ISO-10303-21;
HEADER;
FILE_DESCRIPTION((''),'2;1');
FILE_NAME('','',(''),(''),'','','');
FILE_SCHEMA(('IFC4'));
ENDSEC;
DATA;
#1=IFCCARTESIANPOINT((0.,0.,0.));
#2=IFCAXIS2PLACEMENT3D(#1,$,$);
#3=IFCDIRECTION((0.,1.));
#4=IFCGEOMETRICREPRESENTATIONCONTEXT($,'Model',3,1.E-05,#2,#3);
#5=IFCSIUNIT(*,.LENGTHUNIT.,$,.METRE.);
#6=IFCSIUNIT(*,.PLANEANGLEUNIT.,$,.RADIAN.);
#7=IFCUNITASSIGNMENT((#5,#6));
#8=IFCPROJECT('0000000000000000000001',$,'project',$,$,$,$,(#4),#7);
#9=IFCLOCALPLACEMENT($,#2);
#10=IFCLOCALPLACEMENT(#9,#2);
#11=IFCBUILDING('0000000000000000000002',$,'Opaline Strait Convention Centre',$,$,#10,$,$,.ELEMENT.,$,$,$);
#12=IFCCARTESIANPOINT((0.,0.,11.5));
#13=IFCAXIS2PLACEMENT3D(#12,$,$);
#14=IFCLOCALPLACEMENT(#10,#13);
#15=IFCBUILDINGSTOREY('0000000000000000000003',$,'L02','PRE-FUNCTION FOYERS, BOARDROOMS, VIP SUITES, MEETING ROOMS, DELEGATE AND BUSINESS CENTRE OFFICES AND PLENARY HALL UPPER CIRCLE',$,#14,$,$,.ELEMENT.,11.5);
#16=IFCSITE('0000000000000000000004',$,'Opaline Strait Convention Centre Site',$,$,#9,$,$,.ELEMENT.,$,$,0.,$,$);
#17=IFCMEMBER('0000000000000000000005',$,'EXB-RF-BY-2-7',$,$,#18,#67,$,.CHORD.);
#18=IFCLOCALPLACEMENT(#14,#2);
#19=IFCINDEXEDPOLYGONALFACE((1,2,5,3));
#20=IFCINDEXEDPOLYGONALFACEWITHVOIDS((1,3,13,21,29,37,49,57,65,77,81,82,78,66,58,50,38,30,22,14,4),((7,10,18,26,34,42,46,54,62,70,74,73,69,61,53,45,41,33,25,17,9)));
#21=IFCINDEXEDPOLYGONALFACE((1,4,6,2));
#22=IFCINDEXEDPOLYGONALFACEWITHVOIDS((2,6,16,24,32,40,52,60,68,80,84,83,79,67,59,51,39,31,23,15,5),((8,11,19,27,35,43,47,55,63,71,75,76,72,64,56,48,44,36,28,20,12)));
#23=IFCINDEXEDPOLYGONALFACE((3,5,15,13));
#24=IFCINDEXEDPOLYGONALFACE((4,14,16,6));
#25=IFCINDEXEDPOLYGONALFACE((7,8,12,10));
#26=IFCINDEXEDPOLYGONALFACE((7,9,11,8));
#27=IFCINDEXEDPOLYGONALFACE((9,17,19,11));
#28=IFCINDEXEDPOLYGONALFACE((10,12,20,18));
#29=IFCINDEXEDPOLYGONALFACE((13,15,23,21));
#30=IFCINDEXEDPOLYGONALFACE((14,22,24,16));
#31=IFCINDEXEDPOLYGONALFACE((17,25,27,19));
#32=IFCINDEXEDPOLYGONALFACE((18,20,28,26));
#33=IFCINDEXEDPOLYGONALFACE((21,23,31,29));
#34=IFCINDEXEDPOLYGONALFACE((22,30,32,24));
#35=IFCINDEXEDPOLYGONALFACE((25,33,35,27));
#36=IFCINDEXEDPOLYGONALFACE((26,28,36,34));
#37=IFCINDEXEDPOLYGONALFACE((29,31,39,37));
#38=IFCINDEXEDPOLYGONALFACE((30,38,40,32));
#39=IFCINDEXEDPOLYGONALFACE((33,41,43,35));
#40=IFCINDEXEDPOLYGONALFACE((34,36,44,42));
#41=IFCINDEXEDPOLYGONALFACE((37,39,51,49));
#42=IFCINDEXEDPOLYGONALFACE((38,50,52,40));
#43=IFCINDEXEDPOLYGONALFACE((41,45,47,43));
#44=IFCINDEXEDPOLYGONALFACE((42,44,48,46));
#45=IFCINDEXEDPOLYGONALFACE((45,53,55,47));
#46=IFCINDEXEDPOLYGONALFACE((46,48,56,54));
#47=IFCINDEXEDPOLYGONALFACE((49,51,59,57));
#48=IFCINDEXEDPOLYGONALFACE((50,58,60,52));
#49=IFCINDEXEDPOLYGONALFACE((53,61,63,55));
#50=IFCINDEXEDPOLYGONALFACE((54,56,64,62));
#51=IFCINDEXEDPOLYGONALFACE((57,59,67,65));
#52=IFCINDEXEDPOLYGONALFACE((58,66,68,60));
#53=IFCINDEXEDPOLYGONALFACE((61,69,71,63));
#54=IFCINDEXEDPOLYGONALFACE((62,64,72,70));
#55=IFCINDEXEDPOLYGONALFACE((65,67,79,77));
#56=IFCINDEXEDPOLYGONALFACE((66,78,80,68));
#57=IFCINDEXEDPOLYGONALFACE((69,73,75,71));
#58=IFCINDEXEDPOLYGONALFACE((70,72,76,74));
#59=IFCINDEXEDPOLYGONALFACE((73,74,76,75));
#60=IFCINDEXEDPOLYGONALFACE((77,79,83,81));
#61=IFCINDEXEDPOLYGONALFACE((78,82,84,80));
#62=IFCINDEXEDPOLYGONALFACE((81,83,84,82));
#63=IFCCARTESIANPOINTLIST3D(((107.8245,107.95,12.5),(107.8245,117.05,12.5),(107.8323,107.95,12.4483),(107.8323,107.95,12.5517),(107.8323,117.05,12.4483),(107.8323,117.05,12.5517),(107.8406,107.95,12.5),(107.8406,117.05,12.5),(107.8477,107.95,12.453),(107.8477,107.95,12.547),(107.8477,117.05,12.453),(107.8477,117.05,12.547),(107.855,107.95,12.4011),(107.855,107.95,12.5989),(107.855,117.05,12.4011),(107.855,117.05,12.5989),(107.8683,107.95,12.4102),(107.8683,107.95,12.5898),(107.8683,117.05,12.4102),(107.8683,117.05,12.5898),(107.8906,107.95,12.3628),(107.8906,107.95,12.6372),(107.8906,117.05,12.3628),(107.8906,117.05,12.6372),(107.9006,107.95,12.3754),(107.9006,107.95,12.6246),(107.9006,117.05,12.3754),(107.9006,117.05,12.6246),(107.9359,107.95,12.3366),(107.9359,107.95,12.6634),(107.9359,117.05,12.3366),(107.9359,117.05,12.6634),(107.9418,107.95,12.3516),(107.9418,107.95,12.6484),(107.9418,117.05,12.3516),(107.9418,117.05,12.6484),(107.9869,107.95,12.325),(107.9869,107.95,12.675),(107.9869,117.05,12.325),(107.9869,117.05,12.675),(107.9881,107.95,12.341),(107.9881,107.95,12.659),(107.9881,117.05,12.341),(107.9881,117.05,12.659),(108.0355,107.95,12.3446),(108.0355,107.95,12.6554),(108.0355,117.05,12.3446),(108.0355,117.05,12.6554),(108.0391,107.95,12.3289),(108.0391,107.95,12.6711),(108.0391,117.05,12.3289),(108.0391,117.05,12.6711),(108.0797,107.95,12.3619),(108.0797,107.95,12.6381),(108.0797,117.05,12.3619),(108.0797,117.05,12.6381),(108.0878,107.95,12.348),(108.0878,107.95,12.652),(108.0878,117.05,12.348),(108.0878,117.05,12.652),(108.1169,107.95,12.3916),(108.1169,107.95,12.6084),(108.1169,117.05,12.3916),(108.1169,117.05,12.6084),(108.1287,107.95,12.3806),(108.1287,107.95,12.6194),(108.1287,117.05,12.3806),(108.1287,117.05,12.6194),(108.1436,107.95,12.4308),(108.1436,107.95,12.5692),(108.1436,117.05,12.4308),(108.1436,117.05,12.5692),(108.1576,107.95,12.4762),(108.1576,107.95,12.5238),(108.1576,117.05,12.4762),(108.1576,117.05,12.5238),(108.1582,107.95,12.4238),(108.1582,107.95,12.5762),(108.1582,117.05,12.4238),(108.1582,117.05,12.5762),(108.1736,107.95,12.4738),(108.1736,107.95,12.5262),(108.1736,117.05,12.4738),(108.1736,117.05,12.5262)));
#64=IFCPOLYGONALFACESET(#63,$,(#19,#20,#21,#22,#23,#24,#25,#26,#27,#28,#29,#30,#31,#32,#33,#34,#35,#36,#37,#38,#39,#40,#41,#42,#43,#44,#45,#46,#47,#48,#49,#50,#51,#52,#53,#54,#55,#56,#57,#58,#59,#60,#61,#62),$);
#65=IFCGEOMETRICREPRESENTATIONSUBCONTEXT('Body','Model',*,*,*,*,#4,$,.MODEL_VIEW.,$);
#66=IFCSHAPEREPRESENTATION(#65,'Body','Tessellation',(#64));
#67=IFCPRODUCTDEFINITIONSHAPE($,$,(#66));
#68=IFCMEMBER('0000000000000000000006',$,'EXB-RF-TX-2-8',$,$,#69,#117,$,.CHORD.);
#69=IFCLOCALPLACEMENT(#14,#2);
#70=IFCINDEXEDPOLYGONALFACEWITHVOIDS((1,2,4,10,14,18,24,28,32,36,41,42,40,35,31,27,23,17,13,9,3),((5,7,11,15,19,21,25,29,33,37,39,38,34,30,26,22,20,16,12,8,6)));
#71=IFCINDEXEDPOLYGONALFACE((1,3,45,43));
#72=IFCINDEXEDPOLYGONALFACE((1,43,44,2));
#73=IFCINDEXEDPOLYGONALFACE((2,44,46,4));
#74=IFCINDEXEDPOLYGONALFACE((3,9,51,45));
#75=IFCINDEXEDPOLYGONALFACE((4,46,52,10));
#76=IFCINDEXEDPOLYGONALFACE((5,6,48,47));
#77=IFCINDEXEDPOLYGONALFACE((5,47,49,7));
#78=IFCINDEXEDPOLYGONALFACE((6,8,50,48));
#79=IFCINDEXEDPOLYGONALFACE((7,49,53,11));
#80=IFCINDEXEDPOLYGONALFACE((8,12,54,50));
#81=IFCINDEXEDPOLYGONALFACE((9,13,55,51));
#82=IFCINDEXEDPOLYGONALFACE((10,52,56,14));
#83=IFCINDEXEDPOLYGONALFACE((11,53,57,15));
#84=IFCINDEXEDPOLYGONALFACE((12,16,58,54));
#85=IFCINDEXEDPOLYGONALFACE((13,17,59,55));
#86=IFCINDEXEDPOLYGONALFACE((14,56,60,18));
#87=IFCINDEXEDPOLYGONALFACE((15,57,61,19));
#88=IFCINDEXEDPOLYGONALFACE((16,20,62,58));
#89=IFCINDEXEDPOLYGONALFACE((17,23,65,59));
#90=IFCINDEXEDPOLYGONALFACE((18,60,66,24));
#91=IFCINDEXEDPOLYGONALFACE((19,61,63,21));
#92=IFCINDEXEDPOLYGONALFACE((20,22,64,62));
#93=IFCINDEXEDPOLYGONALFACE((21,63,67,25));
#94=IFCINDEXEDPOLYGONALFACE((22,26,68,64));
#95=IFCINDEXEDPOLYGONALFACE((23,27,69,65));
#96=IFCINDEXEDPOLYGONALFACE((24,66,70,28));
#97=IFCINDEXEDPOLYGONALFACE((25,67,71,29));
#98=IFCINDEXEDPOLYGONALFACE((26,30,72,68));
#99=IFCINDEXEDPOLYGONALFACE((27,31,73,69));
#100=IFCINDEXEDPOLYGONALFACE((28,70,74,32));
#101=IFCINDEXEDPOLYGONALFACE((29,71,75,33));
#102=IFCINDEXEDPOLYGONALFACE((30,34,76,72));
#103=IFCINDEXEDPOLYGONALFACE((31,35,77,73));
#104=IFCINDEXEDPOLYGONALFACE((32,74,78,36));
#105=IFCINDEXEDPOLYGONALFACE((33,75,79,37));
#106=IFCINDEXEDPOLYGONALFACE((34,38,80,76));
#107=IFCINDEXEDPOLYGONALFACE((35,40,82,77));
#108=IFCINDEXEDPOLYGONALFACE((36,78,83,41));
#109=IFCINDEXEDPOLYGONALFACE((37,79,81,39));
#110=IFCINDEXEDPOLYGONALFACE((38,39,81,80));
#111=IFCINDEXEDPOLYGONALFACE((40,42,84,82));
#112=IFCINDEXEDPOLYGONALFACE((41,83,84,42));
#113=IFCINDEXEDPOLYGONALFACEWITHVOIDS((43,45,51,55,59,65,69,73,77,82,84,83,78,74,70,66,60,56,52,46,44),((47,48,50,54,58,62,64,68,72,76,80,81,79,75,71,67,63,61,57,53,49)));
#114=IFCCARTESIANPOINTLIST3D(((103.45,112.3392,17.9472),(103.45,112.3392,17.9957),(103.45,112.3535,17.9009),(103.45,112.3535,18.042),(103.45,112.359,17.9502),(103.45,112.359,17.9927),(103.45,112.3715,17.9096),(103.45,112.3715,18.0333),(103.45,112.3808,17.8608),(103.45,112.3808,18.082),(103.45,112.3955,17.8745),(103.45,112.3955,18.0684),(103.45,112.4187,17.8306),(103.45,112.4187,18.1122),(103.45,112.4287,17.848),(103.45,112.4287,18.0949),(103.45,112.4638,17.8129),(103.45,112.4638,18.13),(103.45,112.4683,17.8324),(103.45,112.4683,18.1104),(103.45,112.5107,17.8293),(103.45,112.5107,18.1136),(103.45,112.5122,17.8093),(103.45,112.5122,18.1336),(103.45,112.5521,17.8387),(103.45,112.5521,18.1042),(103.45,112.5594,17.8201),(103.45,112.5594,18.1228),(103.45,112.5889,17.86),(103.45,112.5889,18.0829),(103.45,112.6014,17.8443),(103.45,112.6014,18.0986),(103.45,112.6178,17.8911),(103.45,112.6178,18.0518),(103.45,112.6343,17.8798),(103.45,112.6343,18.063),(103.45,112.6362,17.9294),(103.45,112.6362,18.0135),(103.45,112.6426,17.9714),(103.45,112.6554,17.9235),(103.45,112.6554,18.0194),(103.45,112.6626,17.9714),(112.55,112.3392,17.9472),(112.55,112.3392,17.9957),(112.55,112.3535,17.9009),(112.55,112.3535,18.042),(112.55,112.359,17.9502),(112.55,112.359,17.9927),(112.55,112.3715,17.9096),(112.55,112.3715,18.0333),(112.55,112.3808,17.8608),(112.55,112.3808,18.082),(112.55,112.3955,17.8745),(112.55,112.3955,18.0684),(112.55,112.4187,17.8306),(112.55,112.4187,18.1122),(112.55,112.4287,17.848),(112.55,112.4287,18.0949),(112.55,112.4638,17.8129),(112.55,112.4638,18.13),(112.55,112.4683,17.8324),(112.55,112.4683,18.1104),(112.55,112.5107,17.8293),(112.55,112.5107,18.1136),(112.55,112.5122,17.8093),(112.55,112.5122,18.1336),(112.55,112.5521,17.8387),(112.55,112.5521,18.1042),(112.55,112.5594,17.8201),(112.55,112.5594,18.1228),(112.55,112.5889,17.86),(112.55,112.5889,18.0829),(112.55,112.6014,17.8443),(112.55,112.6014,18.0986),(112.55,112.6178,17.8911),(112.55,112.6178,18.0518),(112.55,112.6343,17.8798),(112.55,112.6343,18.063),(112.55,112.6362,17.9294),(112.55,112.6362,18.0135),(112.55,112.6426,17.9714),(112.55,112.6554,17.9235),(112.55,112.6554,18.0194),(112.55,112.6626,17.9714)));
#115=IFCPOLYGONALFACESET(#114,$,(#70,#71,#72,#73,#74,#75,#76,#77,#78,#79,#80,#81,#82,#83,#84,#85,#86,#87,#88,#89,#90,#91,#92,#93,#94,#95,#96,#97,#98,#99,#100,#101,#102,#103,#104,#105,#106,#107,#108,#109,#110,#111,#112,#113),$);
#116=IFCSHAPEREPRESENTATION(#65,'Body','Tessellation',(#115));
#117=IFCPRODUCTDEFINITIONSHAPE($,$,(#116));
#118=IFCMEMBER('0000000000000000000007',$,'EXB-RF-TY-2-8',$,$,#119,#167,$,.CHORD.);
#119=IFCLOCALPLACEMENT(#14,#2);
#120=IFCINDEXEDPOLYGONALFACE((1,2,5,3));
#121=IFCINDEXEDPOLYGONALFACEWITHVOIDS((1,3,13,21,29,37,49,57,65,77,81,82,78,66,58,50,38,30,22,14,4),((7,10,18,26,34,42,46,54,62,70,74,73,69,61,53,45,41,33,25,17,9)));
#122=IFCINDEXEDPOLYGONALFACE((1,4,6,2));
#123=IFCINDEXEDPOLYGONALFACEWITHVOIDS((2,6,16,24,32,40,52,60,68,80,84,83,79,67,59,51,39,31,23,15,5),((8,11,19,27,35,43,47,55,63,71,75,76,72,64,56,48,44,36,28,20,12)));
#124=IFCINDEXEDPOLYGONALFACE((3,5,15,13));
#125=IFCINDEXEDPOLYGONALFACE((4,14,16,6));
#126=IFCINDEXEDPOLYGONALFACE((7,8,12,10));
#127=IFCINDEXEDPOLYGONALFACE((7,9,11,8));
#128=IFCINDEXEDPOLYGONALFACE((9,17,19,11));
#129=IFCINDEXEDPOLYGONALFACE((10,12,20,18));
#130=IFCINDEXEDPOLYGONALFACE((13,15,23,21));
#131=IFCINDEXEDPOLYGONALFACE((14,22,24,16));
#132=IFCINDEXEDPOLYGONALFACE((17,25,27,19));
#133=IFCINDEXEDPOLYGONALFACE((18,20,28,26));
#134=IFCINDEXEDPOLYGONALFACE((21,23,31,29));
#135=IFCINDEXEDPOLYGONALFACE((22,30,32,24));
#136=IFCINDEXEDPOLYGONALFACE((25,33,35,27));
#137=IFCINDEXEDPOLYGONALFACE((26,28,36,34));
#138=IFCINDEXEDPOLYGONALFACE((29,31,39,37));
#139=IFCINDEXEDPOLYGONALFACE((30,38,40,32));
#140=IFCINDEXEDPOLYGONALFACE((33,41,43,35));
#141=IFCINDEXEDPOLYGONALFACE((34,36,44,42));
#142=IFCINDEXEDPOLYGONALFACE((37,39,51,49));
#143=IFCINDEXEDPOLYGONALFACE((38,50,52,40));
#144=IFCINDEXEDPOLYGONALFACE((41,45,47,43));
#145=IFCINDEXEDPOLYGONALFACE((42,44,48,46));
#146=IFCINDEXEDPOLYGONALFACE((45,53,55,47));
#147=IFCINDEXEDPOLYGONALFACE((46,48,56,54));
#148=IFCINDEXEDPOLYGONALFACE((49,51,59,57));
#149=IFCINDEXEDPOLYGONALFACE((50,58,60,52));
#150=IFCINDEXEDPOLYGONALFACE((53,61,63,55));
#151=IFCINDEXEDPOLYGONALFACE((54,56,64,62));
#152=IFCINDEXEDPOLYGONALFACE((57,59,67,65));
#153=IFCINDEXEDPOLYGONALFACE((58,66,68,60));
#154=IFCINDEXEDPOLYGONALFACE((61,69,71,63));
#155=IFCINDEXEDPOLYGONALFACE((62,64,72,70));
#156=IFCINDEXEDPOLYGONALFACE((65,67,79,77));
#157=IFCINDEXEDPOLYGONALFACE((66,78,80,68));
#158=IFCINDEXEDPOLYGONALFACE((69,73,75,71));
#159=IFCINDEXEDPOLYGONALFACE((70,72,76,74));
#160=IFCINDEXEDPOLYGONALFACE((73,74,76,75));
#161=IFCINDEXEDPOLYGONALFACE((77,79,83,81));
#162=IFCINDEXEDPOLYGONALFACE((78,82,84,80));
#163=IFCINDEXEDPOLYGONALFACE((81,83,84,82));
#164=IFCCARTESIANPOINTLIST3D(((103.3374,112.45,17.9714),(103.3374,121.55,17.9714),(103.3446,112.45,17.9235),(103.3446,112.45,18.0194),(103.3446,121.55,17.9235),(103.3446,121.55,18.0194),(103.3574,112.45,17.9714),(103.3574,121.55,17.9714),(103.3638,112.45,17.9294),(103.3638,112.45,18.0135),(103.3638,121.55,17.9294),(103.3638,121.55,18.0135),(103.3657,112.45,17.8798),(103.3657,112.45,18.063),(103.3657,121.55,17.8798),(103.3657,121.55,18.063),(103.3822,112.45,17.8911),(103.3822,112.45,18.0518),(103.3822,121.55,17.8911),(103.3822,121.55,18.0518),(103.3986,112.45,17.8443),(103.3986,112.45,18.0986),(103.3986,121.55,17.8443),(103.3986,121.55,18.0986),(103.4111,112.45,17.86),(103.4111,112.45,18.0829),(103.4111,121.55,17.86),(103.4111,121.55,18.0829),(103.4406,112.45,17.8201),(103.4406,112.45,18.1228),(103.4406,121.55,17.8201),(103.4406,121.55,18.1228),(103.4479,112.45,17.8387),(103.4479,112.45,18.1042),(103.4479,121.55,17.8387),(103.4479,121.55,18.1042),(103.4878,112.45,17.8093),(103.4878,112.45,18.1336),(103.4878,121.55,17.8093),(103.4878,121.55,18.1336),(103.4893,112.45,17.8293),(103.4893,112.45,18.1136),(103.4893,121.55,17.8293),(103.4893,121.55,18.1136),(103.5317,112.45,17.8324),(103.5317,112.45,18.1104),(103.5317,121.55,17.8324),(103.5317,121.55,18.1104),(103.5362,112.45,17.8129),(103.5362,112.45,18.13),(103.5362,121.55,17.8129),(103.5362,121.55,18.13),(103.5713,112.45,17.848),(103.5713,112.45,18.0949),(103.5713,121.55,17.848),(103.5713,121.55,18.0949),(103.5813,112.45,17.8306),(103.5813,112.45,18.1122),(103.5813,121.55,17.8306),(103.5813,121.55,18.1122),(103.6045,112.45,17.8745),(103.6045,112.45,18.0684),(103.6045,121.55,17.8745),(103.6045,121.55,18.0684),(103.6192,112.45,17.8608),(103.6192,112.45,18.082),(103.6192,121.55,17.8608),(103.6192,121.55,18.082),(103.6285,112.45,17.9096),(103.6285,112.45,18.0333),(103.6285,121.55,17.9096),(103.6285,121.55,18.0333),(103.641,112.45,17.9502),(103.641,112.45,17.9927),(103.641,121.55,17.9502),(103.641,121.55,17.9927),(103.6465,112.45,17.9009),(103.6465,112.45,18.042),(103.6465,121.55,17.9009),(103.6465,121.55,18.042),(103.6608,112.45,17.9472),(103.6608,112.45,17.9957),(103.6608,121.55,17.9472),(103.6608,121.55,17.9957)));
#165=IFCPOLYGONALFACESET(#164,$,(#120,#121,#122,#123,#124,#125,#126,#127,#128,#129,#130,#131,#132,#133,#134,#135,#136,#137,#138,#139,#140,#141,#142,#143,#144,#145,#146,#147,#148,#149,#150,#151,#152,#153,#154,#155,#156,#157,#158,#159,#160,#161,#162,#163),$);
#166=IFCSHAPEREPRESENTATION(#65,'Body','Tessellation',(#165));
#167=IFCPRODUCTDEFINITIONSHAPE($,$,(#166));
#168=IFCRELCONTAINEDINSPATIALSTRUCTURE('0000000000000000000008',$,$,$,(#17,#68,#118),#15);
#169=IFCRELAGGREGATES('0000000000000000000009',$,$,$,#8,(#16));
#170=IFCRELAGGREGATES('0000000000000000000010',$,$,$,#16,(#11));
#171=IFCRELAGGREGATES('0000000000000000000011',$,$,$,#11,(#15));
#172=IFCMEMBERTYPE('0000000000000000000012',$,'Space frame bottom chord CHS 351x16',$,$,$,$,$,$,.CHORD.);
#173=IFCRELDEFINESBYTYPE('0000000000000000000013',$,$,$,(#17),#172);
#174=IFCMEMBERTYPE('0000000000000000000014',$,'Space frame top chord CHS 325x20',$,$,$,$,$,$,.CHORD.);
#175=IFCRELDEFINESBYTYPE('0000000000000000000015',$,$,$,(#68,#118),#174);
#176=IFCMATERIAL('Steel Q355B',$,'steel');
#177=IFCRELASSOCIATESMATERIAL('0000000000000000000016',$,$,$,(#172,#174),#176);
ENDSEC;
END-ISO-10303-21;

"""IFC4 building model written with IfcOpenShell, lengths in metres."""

from ifc_helpers import new_model, si_unit, direction, frame, origin, origin_2d, place, context, subcontext, project, spatial, hollow_circle, extrude, material, material_profile, profile_set, type_object, element, save


model = new_model("IFC4")

# Units and contexts
model_context = context("Model", 3, precision=1e-05, world=origin(), true_north=direction((0.0, 1.0)))
body_context = subcontext(model_context, "Body", "Model", "MODEL_VIEW")
ifc_project = project(units=[si_unit("LENGTHUNIT", "METRE"), si_unit("PLANEANGLEUNIT", "RADIAN")], contexts=[model_context])

# Site, building, storey
site_placement = place(None, origin())
site = spatial("IfcSite", under=ifc_project, at=site_placement, Name="Opaline Strait Convention Centre Site", CompositionType="ELEMENT", RefElevation=0.0)
building_placement = place(site_placement, origin())
building = spatial("IfcBuilding", under=site, at=building_placement, Name="Opaline Strait Convention Centre", CompositionType="ELEMENT")
storey_placement = place(building_placement, frame((0.0, 0.0, 11.5)))
storey = spatial("IfcBuildingStorey", under=building, at=storey_placement, Name="L02", Description="PRE-FUNCTION FOYERS, BOARDROOMS, VIP SUITES, MEETING ROOMS, DELEGATE AND BUSINESS CENTRE OFFICES AND PLENARY HALL UPPER CIRCLE", CompositionType="ELEMENT", Elevation=11.5)

# Shared definitions
ifc_material_1 = material(Name="Steel Q355B", Category="steel")

# Members
ifc_material_profile_1 = material_profile(ifc_material_1, hollow_circle(Radius=0.1755, WallThickness=0.0161, at=origin_2d()), Name="CHS 351x16")
ifc_profile_set_1 = profile_set([ifc_material_profile_1], Name="Steel Q355B")
member_type_1 = type_object("IfcMemberType", Name="Space frame bottom chord CHS 351x16", PredefinedType="CHORD", material=ifc_profile_set_1)
for number, where, z_axis, x_axis, name in (
    (1, (108.0, 107.95, 12.5), (0.0, 1.0, 0.0), (-1.0, 0.0, 0.0), "EXB-RF-BY-2-7"),
):
    element("IfcMember", number, at=place(storey_placement, frame(where, z_axis=z_axis, x_axis=x_axis)), inside=storey, type_object=member_type_1, Name=name, PredefinedType="CHORD", context=body_context, shape_type="SweptSolid", body=[
        extrude(hollow_circle(Radius=0.1755, WallThickness=0.0161, at=origin_2d()), origin(), (0.0, 0.0, 1.0), 9.1001),
    ])
ifc_material_profile_2 = material_profile(ifc_material_1, hollow_circle(Radius=0.1626, WallThickness=0.02, at=origin_2d()), Name="CHS 325x20")
ifc_profile_set_2 = profile_set([ifc_material_profile_2], Name="Steel Q355B")
member_type_2 = type_object("IfcMemberType", Name="Space frame top chord CHS 325x20", PredefinedType="CHORD", material=ifc_profile_set_2)
for number, where, z_axis, x_axis, name in (
    (2, (103.45, 112.5, 17.9714), (1.0, 0.0, 0.0), (0.0, 1.0, 0.0), "EXB-RF-TX-2-8"),
    (3, (103.5, 112.45, 17.9714), (0.0, 1.0, 0.0), (-1.0, 0.0, 0.0), "EXB-RF-TY-2-8"),
):
    element("IfcMember", number, at=place(storey_placement, frame(where, z_axis=z_axis, x_axis=x_axis)), inside=storey, type_object=member_type_2, Name=name, PredefinedType="CHORD", context=body_context, shape_type="SweptSolid", body=[
        extrude(hollow_circle(Radius=0.1626, WallThickness=0.02, at=origin_2d()), origin(), (0.0, 0.0, 1.0), 9.1001),
    ])

save(model, "model.ifc")
